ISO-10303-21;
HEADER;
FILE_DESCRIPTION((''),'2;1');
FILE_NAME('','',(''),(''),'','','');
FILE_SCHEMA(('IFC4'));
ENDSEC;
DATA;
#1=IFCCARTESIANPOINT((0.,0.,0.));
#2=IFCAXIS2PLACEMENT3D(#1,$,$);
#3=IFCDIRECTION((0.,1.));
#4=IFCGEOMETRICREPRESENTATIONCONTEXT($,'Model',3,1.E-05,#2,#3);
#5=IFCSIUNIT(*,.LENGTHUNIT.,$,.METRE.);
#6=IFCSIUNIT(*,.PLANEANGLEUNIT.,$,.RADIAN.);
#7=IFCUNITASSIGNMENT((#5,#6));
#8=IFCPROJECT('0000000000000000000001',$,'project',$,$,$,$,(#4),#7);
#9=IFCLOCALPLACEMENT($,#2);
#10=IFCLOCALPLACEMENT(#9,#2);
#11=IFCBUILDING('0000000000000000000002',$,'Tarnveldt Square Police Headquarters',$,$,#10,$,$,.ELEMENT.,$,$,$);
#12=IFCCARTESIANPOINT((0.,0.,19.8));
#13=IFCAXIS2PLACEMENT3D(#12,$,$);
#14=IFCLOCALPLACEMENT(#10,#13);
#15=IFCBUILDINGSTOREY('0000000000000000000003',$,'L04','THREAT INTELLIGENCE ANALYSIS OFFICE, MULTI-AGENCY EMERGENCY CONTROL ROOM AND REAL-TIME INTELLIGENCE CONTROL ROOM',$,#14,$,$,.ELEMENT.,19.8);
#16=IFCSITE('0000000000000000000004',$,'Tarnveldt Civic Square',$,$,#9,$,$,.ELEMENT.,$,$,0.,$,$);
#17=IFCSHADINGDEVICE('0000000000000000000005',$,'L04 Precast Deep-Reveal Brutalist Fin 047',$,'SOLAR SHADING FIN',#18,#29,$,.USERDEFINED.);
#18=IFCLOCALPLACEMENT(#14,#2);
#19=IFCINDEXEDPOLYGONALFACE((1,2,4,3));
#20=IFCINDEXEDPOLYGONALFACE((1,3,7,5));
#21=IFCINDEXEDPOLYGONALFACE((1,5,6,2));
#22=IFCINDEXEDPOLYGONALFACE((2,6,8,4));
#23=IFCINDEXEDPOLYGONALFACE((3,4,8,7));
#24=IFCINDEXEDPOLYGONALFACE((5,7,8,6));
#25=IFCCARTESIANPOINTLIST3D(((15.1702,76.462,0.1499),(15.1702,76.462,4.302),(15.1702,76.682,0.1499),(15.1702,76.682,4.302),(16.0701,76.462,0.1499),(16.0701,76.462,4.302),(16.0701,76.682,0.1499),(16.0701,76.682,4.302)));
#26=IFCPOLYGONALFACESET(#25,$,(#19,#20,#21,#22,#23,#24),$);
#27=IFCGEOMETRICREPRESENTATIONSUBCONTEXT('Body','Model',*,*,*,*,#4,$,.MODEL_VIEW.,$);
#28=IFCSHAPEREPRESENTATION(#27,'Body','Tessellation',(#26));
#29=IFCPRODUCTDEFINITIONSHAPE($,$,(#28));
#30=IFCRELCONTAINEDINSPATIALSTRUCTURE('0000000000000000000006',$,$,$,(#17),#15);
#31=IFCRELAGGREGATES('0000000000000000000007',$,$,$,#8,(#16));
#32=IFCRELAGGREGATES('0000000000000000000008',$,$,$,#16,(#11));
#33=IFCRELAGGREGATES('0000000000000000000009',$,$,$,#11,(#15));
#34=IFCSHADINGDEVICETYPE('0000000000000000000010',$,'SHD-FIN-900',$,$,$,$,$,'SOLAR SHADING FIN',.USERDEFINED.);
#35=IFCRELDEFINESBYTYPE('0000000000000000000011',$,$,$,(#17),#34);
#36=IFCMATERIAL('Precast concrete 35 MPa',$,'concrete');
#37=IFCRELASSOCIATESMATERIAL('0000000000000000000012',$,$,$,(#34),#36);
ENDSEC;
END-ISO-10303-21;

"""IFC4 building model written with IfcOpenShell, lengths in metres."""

from ifc_helpers import new_model, si_unit, direction, frame, origin, origin_2d, place, context, subcontext, project, spatial, rectangle, extrude, material, material_profile, profile_set, type_object, element, save


model = new_model("IFC4")

# Units and contexts
model_context = context("Model", 3, precision=1e-05, world=origin(), true_north=direction((0.0, 1.0)))
body_context = subcontext(model_context, "Body", "Model", "MODEL_VIEW")
ifc_project = project(units=[si_unit("LENGTHUNIT", "METRE"), si_unit("PLANEANGLEUNIT", "RADIAN")], contexts=[model_context])

# Site, building, storey
site_placement = place(None, origin())
site = spatial("IfcSite", under=ifc_project, at=site_placement, Name="Tarnveldt Civic Square", CompositionType="ELEMENT", RefElevation=0.0)
building_placement = place(site_placement, origin())
building = spatial("IfcBuilding", under=site, at=building_placement, Name="Tarnveldt Square Police Headquarters", CompositionType="ELEMENT")
storey_placement = place(building_placement, frame((0.0, 0.0, 19.8)))
storey = spatial("IfcBuildingStorey", under=building, at=storey_placement, Name="L04", Description="THREAT INTELLIGENCE ANALYSIS OFFICE, MULTI-AGENCY EMERGENCY CONTROL ROOM AND REAL-TIME INTELLIGENCE CONTROL ROOM", CompositionType="ELEMENT", Elevation=19.8)

# Shading device
ifc_material_1 = material(Name="Precast concrete 35 MPa", Category="concrete")
ifc_material_profile_1 = material_profile(ifc_material_1, rectangle(XDim=0.22, YDim=0.8999, at=origin_2d()), Name="PC-FIN220x900")
ifc_profile_set_1 = profile_set([ifc_material_profile_1], Name="Precast concrete 35 MPa")
shading_device_type = type_object("IfcShadingDeviceType", Name="SHD-FIN-900", ElementType="SOLAR SHADING FIN", PredefinedType="USERDEFINED", material=ifc_profile_set_1)
shading_device_placement = place(storey_placement, frame((15.6201, 76.572, 0.1499), z_axis=(0.0, 0.0, 1.0), x_axis=(0.0, -1.0, 0.0)))
element("IfcShadingDevice", 1, at=shading_device_placement, inside=storey, type_object=shading_device_type, Name="L04 Precast Deep-Reveal Brutalist Fin 047", ObjectType="SOLAR SHADING FIN", PredefinedType="USERDEFINED", context=body_context, shape_type="SweptSolid", body=[
    extrude(rectangle(XDim=0.22, YDim=0.8999, at=origin_2d()), origin(), (0.0, 0.0, 1.0), 4.1521),
])

save(model, "model.ifc")
